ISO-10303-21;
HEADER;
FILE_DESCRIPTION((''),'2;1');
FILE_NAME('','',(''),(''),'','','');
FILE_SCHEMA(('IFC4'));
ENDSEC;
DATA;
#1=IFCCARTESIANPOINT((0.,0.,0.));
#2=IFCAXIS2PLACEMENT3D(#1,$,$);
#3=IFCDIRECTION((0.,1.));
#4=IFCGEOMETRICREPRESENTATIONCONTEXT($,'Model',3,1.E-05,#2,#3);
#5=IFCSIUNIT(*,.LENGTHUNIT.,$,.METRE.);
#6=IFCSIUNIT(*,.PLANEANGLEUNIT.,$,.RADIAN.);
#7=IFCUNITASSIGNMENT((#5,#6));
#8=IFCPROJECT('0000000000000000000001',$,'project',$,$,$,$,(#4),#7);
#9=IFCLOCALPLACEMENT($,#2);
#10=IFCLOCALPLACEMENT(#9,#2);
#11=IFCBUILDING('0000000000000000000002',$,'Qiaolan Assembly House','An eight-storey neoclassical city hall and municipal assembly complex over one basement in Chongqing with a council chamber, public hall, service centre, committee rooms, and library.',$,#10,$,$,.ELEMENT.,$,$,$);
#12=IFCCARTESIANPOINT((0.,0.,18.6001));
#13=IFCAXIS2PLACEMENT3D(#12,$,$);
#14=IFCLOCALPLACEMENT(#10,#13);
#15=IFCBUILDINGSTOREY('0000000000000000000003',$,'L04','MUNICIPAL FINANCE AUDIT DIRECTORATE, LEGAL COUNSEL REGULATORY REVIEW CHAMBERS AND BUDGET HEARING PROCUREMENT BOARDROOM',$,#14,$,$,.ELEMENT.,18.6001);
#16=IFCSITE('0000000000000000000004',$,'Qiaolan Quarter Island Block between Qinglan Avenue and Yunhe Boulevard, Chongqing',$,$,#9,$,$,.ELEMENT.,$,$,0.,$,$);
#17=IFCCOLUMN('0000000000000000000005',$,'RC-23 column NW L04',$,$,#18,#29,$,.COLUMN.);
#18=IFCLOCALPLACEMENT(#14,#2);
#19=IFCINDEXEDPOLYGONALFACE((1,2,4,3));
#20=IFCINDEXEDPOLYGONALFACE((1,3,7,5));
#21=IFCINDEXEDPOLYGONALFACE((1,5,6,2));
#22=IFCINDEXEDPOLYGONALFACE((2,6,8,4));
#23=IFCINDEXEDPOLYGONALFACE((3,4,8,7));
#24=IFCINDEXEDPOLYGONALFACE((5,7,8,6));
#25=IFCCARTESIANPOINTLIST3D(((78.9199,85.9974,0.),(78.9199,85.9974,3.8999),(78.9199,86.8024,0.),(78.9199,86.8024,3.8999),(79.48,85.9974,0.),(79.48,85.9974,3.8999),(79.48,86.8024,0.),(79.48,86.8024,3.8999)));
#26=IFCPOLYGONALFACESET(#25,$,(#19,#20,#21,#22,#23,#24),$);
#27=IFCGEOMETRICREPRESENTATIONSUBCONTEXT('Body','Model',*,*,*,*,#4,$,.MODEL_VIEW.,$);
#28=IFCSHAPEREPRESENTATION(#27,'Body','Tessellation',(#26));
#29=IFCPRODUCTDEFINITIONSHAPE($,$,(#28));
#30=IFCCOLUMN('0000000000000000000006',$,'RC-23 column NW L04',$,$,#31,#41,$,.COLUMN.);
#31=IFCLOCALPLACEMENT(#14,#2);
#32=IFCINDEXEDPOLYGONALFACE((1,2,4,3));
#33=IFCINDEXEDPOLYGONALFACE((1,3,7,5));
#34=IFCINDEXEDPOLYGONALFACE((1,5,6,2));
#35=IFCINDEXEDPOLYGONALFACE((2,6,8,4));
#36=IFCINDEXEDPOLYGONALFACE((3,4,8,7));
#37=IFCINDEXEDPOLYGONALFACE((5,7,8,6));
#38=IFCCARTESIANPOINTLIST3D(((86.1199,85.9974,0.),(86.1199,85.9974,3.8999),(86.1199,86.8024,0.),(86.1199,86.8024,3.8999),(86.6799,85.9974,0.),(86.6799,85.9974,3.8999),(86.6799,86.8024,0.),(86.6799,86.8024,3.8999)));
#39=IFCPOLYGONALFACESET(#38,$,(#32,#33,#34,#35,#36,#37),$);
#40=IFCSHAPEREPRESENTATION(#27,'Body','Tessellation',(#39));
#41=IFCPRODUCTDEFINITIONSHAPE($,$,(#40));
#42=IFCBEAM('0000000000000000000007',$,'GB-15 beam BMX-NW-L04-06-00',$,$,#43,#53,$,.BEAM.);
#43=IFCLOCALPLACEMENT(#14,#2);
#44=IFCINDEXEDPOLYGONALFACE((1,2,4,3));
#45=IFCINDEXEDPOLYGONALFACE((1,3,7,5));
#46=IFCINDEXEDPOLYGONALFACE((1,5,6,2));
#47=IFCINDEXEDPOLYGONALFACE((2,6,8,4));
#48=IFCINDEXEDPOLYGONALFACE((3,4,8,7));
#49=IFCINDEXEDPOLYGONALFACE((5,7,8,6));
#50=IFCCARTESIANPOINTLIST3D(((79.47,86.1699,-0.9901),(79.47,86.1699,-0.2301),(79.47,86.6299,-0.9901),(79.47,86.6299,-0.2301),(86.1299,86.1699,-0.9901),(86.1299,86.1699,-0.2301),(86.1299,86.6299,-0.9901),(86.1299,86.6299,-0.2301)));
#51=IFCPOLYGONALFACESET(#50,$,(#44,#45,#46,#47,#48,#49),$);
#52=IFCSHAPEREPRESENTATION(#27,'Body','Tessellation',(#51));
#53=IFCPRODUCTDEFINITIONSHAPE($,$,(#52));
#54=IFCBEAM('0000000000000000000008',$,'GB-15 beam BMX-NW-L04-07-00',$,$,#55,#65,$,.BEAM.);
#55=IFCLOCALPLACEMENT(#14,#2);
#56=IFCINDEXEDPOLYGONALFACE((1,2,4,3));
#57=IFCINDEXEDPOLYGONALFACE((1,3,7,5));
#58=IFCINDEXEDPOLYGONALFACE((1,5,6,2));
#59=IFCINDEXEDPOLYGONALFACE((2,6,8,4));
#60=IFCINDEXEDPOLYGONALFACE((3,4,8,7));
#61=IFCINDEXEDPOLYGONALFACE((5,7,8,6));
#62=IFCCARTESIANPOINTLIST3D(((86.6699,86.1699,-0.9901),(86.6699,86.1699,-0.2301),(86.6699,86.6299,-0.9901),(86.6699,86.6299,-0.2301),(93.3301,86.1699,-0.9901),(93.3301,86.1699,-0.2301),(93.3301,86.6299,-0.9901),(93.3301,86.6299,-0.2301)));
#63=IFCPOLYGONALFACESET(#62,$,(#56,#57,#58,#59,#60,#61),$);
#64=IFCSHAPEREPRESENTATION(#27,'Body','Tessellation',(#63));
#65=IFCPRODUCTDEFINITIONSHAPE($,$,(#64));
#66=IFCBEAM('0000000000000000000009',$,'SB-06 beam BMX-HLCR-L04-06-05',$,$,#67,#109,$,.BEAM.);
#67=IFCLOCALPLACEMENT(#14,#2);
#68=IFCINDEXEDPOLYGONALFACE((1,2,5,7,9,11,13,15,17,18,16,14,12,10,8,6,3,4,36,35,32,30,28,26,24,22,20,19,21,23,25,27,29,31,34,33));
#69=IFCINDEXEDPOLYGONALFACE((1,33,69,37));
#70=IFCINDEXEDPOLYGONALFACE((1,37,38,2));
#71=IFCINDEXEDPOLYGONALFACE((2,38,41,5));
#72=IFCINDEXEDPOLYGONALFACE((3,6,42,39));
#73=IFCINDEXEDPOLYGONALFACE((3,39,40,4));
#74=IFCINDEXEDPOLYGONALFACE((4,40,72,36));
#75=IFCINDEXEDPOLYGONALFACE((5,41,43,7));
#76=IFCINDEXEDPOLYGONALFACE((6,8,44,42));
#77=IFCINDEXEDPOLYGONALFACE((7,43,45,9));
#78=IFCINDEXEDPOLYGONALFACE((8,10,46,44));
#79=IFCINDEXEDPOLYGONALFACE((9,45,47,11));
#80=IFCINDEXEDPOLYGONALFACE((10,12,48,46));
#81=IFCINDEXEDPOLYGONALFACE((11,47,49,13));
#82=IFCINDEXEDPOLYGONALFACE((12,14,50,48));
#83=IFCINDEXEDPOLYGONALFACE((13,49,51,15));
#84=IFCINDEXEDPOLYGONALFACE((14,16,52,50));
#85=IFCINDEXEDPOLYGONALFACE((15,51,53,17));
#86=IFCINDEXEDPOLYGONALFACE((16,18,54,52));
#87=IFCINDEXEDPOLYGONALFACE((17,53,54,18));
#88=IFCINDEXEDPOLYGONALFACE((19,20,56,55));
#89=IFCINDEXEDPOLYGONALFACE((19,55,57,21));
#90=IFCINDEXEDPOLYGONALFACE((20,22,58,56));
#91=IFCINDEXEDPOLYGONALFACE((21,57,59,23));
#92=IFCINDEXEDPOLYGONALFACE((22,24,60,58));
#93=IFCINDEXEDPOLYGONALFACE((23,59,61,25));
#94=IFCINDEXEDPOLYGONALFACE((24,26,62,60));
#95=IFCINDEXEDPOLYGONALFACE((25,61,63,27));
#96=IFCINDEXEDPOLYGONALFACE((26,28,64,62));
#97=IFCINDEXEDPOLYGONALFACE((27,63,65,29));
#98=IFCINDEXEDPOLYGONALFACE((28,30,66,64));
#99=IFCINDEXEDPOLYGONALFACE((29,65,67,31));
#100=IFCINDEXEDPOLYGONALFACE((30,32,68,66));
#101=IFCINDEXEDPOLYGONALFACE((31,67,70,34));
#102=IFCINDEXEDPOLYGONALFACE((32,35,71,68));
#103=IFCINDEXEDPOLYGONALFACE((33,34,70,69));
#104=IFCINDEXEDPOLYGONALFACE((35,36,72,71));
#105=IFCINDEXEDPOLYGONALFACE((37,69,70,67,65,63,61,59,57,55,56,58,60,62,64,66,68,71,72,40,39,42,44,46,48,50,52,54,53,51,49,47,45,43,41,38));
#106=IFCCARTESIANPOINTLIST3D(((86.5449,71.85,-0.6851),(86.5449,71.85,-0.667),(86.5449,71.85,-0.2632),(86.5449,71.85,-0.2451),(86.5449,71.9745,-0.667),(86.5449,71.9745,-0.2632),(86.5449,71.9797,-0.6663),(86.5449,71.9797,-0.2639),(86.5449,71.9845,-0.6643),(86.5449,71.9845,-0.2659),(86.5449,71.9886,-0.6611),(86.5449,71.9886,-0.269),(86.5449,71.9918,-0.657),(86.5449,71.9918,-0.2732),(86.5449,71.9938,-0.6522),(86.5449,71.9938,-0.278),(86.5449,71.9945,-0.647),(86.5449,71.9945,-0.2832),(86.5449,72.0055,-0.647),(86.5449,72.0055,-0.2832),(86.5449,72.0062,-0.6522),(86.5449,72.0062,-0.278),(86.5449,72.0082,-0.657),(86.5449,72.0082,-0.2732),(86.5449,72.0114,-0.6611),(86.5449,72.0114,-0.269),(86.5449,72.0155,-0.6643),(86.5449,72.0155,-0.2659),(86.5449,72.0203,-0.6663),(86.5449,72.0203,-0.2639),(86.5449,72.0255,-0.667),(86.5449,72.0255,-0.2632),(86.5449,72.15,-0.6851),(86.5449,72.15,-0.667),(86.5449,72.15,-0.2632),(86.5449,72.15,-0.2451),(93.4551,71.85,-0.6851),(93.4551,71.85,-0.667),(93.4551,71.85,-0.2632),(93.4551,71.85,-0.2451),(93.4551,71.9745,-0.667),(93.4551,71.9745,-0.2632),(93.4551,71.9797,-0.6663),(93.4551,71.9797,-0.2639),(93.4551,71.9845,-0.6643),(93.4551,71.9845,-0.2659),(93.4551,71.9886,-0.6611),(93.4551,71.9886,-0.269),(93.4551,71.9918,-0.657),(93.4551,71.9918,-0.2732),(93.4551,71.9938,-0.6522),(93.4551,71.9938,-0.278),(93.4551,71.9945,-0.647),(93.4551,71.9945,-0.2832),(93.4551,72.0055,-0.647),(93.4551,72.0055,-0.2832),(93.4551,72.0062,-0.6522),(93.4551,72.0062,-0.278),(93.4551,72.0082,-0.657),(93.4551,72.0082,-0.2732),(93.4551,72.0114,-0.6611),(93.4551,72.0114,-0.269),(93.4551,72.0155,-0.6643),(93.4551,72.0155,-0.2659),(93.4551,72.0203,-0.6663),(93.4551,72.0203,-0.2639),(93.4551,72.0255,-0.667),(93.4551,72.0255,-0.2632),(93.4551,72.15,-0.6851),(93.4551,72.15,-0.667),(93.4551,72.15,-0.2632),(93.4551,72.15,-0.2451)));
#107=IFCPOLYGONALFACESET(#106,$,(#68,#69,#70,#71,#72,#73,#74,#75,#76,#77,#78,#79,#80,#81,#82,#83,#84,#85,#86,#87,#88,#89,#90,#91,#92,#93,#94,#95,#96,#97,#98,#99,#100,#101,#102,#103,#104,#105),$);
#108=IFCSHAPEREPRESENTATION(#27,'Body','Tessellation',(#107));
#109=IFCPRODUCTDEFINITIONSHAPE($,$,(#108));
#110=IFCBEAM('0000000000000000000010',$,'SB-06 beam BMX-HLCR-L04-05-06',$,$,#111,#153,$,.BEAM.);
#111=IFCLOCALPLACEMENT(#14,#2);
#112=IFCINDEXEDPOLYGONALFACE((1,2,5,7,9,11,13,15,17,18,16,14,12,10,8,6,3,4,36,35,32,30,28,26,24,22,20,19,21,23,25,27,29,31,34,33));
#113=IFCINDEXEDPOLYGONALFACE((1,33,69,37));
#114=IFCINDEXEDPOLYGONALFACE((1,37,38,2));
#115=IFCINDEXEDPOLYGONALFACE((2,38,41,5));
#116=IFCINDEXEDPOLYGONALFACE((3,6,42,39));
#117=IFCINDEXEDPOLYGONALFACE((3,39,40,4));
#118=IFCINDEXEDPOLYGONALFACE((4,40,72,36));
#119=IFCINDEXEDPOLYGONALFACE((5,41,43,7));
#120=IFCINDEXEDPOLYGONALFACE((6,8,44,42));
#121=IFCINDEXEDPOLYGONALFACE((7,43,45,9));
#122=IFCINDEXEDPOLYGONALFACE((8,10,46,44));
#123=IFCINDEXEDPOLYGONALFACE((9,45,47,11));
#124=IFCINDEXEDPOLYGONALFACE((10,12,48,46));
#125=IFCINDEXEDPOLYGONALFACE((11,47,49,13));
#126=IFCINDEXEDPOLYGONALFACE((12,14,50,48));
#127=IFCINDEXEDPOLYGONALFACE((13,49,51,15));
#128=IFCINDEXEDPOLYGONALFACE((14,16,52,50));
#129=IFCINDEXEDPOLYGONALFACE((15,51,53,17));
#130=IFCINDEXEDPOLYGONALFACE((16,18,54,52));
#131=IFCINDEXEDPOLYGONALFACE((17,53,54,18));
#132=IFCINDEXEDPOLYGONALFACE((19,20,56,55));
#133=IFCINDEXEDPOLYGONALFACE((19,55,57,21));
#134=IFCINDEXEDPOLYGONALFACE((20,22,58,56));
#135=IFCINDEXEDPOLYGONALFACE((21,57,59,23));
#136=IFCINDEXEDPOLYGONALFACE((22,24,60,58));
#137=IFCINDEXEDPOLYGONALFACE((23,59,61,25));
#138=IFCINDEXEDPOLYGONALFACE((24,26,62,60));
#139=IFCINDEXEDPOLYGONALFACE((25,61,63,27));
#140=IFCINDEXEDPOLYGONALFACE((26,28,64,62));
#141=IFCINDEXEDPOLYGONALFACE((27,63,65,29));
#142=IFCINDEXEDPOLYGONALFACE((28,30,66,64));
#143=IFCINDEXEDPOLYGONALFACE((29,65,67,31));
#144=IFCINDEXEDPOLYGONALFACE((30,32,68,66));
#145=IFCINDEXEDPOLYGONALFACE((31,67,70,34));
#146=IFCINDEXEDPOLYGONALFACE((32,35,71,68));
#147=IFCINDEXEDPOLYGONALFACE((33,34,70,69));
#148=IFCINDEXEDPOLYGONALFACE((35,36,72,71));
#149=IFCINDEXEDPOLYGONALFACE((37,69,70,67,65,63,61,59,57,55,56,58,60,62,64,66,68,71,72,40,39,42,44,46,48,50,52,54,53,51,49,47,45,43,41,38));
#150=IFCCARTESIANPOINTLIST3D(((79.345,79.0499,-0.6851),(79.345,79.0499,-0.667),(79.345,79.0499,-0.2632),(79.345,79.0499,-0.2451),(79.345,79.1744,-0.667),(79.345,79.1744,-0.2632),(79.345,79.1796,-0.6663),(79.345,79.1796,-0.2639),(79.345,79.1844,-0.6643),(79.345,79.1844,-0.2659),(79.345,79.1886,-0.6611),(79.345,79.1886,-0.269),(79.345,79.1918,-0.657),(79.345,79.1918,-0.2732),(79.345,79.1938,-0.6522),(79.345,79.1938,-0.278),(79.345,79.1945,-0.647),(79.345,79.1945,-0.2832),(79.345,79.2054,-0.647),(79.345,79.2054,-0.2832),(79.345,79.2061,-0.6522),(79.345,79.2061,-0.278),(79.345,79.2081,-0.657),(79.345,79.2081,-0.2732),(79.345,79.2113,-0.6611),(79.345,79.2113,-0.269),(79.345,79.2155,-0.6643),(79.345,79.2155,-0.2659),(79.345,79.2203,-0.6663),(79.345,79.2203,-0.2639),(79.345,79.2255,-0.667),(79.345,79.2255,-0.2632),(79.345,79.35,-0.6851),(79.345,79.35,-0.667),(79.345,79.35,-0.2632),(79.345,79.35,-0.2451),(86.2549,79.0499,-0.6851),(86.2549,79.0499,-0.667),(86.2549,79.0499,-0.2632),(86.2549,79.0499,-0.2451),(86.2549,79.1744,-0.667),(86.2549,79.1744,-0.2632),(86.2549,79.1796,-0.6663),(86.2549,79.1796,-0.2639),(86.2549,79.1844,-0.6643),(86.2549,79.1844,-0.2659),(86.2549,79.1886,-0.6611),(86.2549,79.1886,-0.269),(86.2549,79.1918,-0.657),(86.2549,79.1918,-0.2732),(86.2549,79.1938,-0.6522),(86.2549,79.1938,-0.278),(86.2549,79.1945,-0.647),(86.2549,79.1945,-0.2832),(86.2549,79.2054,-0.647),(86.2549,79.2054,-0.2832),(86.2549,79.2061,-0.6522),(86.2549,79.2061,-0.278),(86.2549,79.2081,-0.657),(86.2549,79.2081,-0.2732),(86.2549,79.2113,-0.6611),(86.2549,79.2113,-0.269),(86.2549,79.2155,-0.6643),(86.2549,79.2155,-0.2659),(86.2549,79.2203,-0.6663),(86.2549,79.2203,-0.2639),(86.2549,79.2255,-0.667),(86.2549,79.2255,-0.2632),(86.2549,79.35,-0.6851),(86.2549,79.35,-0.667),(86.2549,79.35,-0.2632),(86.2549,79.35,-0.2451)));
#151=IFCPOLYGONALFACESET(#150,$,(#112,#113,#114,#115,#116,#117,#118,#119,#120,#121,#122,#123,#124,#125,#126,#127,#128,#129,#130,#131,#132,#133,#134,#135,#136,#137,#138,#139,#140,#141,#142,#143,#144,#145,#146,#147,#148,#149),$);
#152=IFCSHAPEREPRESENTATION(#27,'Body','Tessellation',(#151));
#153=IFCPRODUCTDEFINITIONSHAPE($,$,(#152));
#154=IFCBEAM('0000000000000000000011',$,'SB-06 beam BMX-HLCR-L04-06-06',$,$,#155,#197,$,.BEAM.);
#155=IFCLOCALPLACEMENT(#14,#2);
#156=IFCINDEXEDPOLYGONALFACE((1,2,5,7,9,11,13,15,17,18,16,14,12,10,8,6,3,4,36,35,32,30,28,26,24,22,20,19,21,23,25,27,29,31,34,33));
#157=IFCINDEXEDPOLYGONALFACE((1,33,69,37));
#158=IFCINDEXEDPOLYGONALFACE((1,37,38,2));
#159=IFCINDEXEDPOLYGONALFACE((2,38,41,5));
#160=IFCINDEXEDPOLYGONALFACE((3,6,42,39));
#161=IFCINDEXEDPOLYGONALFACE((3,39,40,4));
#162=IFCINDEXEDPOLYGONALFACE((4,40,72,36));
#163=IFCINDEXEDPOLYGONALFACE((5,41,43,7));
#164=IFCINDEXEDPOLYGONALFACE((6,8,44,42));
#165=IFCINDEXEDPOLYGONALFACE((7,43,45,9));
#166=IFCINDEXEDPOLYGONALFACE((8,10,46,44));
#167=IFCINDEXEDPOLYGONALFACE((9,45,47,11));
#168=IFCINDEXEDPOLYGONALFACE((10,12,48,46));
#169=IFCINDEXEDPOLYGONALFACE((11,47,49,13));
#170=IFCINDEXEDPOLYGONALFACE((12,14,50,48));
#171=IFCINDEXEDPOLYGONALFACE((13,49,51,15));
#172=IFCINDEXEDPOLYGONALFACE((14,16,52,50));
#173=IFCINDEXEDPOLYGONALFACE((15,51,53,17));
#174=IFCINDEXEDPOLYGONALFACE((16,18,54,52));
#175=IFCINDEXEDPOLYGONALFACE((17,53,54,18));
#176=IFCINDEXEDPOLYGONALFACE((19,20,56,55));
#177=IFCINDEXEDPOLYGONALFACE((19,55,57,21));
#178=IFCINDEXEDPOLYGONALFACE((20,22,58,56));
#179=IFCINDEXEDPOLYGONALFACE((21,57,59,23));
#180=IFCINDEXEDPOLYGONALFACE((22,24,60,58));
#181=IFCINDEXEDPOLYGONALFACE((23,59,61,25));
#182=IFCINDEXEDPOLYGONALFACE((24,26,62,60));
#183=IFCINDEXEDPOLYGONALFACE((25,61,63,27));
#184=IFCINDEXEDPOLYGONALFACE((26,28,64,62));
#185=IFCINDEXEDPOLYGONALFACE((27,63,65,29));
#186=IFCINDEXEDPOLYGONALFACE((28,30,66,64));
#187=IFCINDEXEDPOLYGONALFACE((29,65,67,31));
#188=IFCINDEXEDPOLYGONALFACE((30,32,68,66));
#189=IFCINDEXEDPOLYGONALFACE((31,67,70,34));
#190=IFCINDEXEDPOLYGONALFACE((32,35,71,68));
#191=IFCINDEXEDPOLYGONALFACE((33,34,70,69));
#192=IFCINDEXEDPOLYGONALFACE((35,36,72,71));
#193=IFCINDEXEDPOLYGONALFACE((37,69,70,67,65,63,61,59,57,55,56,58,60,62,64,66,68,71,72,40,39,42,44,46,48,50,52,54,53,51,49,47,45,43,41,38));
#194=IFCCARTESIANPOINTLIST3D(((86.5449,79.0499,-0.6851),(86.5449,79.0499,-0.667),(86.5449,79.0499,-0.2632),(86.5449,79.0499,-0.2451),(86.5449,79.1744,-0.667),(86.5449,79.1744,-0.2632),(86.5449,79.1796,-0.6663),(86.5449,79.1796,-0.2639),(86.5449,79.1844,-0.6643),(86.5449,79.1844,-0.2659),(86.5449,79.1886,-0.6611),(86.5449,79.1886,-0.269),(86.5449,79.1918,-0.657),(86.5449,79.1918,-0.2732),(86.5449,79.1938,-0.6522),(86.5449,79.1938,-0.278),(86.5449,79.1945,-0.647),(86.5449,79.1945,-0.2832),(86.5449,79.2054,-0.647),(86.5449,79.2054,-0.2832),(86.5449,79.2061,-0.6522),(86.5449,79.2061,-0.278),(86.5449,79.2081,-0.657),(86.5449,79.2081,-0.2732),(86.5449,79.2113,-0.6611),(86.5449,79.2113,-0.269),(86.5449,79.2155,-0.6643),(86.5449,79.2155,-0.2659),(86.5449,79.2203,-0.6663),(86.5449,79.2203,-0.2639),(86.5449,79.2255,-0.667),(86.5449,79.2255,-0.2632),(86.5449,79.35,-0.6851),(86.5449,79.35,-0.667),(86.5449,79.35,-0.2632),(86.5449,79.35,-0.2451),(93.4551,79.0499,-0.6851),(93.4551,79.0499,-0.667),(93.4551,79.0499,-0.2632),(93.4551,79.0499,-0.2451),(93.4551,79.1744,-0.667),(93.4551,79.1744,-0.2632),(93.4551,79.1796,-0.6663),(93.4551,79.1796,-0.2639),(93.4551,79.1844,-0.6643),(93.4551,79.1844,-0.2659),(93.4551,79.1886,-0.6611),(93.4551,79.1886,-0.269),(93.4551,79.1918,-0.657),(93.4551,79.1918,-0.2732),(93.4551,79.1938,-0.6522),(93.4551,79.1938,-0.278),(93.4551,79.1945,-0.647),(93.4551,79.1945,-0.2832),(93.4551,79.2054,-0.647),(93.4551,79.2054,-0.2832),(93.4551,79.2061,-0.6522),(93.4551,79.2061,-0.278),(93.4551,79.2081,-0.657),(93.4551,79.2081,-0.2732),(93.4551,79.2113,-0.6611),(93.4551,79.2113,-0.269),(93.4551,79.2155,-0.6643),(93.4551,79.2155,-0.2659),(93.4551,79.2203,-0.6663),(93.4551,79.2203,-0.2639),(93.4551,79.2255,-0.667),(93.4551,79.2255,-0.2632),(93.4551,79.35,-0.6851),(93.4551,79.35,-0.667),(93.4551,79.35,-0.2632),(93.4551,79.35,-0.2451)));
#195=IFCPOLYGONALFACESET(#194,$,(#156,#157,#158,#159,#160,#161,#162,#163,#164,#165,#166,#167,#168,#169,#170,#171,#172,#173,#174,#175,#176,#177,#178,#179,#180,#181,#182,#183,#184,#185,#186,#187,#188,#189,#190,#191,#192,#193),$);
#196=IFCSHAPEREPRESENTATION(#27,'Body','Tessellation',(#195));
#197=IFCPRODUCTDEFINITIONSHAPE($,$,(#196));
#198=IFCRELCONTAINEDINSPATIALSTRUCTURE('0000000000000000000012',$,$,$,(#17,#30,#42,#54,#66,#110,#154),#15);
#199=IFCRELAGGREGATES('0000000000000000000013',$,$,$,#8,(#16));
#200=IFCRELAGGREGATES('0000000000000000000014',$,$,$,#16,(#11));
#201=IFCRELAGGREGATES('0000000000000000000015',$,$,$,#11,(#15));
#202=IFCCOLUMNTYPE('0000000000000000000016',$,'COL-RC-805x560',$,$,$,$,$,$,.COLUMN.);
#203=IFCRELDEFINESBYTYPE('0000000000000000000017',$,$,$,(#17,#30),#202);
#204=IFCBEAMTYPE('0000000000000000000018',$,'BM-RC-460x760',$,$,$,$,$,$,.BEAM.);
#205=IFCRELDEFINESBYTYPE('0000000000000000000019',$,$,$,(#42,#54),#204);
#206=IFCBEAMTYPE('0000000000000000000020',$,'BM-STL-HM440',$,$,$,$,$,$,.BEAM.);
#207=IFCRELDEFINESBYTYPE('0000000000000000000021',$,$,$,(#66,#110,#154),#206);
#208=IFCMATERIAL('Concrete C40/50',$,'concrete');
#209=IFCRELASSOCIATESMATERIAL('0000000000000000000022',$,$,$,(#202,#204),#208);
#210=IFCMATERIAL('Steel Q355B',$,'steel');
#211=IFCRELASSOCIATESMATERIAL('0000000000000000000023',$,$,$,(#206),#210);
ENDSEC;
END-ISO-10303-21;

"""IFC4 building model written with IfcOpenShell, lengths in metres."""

from ifc_helpers import new_model, si_unit, direction, frame, origin, origin_2d, place, context, subcontext, project, spatial, rectangle, i_section, extrude, material, material_profile, profile_set, type_object, element, save


model = new_model("IFC4")

# Units and contexts
model_context = context("Model", 3, precision=1e-05, world=origin(), true_north=direction((0.0, 1.0)))
body_context = subcontext(model_context, "Body", "Model", "MODEL_VIEW")
ifc_project = project(units=[si_unit("LENGTHUNIT", "METRE"), si_unit("PLANEANGLEUNIT", "RADIAN")], contexts=[model_context])

# Site, building, storey
site_placement = place(None, origin())
site = spatial("IfcSite", under=ifc_project, at=site_placement, Name="Qiaolan Quarter Island Block between Qinglan Avenue and Yunhe Boulevard, Chongqing", CompositionType="ELEMENT", RefElevation=0.0)
building_placement = place(site_placement, origin())
building = spatial("IfcBuilding", under=site, at=building_placement, Name="Qiaolan Assembly House", Description="An eight-storey neoclassical city hall and municipal assembly complex over one basement in Chongqing with a council chamber, public hall, service centre, committee rooms, and library.", CompositionType="ELEMENT")
storey_placement = place(building_placement, frame((0.0, 0.0, 18.6001)))
storey = spatial("IfcBuildingStorey", under=building, at=storey_placement, Name="L04", Description="MUNICIPAL FINANCE AUDIT DIRECTORATE, LEGAL COUNSEL REGULATORY REVIEW CHAMBERS AND BUDGET HEARING PROCUREMENT BOARDROOM", CompositionType="ELEMENT", Elevation=18.6001)

# Columns
ifc_material_1 = material(Name="Concrete C40/50", Category="concrete")
ifc_material_profile_1 = material_profile(ifc_material_1, rectangle(XDim=0.5601, YDim=0.8049, at=origin_2d()), Name="RC 805x560")
ifc_profile_set_1 = profile_set([ifc_material_profile_1], Name="Concrete C40/50")
column_type = type_object("IfcColumnType", Name="COL-RC-805x560", PredefinedType="COLUMN", material=ifc_profile_set_1)
for number, where, z_axis, x_axis, name in (
    (1, (79.2, 86.3999, 0.0), (0.0, 0.0, 1.0), (1.0, 0.0, 0.0), "RC-23 column NW L04"),
    (2, (86.3999, 86.3999, 0.0), (0.0, 0.0, 1.0), (1.0, 0.0, 0.0), "RC-23 column NW L04"),
):
    element("IfcColumn", number, at=place(storey_placement, frame(where, z_axis=z_axis, x_axis=x_axis)), inside=storey, type_object=column_type, Name=name, PredefinedType="COLUMN", context=body_context, shape_type="SweptSolid", body=[
        extrude(rectangle(XDim=0.5601, YDim=0.8049, at=origin_2d()), origin(), (0.0, 0.0, 1.0), 3.8999),
    ])

# Beams
ifc_material_profile_2 = material_profile(ifc_material_1, rectangle(XDim=0.46, YDim=0.76, at=origin_2d()), Name="RCB 460x760")
ifc_profile_set_2 = profile_set([ifc_material_profile_2], Name="Concrete C40/50")
beam_type_1 = type_object("IfcBeamType", Name="BM-RC-460x760", PredefinedType="BEAM", material=ifc_profile_set_2)
beam_1_placement = place(storey_placement, frame((79.47, 86.3999, -0.6101), z_axis=(1.0, 0.0, 0.0), x_axis=(0.0, 1.0, 0.0)))
element("IfcBeam", 3, at=beam_1_placement, inside=storey, type_object=beam_type_1, Name="GB-15 beam BMX-NW-L04-06-00", PredefinedType="BEAM", context=body_context, shape_type="SweptSolid", body=[
    extrude(rectangle(XDim=0.46, YDim=0.76, at=origin_2d()), origin(), (0.0, 0.0, 1.0), 6.6599),
])
beam_2_placement = place(storey_placement, frame((86.6699, 86.3999, -0.6101), z_axis=(1.0, 0.0, 0.0), x_axis=(0.0, 1.0, 0.0)))
element("IfcBeam", 4, at=beam_2_placement, inside=storey, type_object=beam_type_1, Name="GB-15 beam BMX-NW-L04-07-00", PredefinedType="BEAM", context=body_context, shape_type="SweptSolid", body=[
    extrude(rectangle(XDim=0.46, YDim=0.76, at=origin_2d()), origin(), (0.0, 0.0, 1.0), 6.6602),
])
ifc_material_2 = material(Name="Steel Q355B", Category="steel")
ifc_material_profile_3 = material_profile(ifc_material_2, i_section(OverallWidth=0.3, OverallDepth=0.4399, WebThickness=0.011, FlangeThickness=0.0181, FilletRadius=0.02, at=origin_2d()), Name="HM 440x300x11x18")
ifc_profile_set_3 = profile_set([ifc_material_profile_3], Name="Steel Q355B")
beam_type_2 = type_object("IfcBeamType", Name="BM-STL-HM440", PredefinedType="BEAM", material=ifc_profile_set_3)
beam_3_placement = place(storey_placement, frame((86.5449, 72.0, -0.4651), z_axis=(1.0, 0.0, 0.0), x_axis=(0.0, 1.0, 0.0)))
element("IfcBeam", 5, at=beam_3_placement, inside=storey, type_object=beam_type_2, Name="SB-06 beam BMX-HLCR-L04-06-05", PredefinedType="BEAM", context=body_context, shape_type="SweptSolid", body=[
    extrude(i_section(OverallWidth=0.3, OverallDepth=0.4399, WebThickness=0.011, FlangeThickness=0.0181, FilletRadius=0.02, at=origin_2d()), origin(), (0.0, 0.0, 1.0), 6.9102),
])
beam_4_placement = place(storey_placement, frame((79.345, 79.2, -0.4651), z_axis=(1.0, 0.0, 0.0), x_axis=(0.0, 1.0, 0.0)))
element("IfcBeam", 6, at=beam_4_placement, inside=storey, type_object=beam_type_2, Name="SB-06 beam BMX-HLCR-L04-05-06", PredefinedType="BEAM", context=body_context, shape_type="SweptSolid", body=[
    extrude(i_section(OverallWidth=0.3, OverallDepth=0.4399, WebThickness=0.011, FlangeThickness=0.0181, FilletRadius=0.02, at=origin_2d()), origin(), (0.0, 0.0, 1.0), 6.9099),
])
beam_5_placement = place(storey_placement, frame((86.5449, 79.2, -0.4651), z_axis=(1.0, 0.0, 0.0), x_axis=(0.0, 1.0, 0.0)))
element("IfcBeam", 7, at=beam_5_placement, inside=storey, type_object=beam_type_2, Name="SB-06 beam BMX-HLCR-L04-06-06", PredefinedType="BEAM", context=body_context, shape_type="SweptSolid", body=[
    extrude(i_section(OverallWidth=0.3, OverallDepth=0.4399, WebThickness=0.011, FlangeThickness=0.0181, FilletRadius=0.02, at=origin_2d()), origin(), (0.0, 0.0, 1.0), 6.9102),
])

save(model, "model.ifc")
